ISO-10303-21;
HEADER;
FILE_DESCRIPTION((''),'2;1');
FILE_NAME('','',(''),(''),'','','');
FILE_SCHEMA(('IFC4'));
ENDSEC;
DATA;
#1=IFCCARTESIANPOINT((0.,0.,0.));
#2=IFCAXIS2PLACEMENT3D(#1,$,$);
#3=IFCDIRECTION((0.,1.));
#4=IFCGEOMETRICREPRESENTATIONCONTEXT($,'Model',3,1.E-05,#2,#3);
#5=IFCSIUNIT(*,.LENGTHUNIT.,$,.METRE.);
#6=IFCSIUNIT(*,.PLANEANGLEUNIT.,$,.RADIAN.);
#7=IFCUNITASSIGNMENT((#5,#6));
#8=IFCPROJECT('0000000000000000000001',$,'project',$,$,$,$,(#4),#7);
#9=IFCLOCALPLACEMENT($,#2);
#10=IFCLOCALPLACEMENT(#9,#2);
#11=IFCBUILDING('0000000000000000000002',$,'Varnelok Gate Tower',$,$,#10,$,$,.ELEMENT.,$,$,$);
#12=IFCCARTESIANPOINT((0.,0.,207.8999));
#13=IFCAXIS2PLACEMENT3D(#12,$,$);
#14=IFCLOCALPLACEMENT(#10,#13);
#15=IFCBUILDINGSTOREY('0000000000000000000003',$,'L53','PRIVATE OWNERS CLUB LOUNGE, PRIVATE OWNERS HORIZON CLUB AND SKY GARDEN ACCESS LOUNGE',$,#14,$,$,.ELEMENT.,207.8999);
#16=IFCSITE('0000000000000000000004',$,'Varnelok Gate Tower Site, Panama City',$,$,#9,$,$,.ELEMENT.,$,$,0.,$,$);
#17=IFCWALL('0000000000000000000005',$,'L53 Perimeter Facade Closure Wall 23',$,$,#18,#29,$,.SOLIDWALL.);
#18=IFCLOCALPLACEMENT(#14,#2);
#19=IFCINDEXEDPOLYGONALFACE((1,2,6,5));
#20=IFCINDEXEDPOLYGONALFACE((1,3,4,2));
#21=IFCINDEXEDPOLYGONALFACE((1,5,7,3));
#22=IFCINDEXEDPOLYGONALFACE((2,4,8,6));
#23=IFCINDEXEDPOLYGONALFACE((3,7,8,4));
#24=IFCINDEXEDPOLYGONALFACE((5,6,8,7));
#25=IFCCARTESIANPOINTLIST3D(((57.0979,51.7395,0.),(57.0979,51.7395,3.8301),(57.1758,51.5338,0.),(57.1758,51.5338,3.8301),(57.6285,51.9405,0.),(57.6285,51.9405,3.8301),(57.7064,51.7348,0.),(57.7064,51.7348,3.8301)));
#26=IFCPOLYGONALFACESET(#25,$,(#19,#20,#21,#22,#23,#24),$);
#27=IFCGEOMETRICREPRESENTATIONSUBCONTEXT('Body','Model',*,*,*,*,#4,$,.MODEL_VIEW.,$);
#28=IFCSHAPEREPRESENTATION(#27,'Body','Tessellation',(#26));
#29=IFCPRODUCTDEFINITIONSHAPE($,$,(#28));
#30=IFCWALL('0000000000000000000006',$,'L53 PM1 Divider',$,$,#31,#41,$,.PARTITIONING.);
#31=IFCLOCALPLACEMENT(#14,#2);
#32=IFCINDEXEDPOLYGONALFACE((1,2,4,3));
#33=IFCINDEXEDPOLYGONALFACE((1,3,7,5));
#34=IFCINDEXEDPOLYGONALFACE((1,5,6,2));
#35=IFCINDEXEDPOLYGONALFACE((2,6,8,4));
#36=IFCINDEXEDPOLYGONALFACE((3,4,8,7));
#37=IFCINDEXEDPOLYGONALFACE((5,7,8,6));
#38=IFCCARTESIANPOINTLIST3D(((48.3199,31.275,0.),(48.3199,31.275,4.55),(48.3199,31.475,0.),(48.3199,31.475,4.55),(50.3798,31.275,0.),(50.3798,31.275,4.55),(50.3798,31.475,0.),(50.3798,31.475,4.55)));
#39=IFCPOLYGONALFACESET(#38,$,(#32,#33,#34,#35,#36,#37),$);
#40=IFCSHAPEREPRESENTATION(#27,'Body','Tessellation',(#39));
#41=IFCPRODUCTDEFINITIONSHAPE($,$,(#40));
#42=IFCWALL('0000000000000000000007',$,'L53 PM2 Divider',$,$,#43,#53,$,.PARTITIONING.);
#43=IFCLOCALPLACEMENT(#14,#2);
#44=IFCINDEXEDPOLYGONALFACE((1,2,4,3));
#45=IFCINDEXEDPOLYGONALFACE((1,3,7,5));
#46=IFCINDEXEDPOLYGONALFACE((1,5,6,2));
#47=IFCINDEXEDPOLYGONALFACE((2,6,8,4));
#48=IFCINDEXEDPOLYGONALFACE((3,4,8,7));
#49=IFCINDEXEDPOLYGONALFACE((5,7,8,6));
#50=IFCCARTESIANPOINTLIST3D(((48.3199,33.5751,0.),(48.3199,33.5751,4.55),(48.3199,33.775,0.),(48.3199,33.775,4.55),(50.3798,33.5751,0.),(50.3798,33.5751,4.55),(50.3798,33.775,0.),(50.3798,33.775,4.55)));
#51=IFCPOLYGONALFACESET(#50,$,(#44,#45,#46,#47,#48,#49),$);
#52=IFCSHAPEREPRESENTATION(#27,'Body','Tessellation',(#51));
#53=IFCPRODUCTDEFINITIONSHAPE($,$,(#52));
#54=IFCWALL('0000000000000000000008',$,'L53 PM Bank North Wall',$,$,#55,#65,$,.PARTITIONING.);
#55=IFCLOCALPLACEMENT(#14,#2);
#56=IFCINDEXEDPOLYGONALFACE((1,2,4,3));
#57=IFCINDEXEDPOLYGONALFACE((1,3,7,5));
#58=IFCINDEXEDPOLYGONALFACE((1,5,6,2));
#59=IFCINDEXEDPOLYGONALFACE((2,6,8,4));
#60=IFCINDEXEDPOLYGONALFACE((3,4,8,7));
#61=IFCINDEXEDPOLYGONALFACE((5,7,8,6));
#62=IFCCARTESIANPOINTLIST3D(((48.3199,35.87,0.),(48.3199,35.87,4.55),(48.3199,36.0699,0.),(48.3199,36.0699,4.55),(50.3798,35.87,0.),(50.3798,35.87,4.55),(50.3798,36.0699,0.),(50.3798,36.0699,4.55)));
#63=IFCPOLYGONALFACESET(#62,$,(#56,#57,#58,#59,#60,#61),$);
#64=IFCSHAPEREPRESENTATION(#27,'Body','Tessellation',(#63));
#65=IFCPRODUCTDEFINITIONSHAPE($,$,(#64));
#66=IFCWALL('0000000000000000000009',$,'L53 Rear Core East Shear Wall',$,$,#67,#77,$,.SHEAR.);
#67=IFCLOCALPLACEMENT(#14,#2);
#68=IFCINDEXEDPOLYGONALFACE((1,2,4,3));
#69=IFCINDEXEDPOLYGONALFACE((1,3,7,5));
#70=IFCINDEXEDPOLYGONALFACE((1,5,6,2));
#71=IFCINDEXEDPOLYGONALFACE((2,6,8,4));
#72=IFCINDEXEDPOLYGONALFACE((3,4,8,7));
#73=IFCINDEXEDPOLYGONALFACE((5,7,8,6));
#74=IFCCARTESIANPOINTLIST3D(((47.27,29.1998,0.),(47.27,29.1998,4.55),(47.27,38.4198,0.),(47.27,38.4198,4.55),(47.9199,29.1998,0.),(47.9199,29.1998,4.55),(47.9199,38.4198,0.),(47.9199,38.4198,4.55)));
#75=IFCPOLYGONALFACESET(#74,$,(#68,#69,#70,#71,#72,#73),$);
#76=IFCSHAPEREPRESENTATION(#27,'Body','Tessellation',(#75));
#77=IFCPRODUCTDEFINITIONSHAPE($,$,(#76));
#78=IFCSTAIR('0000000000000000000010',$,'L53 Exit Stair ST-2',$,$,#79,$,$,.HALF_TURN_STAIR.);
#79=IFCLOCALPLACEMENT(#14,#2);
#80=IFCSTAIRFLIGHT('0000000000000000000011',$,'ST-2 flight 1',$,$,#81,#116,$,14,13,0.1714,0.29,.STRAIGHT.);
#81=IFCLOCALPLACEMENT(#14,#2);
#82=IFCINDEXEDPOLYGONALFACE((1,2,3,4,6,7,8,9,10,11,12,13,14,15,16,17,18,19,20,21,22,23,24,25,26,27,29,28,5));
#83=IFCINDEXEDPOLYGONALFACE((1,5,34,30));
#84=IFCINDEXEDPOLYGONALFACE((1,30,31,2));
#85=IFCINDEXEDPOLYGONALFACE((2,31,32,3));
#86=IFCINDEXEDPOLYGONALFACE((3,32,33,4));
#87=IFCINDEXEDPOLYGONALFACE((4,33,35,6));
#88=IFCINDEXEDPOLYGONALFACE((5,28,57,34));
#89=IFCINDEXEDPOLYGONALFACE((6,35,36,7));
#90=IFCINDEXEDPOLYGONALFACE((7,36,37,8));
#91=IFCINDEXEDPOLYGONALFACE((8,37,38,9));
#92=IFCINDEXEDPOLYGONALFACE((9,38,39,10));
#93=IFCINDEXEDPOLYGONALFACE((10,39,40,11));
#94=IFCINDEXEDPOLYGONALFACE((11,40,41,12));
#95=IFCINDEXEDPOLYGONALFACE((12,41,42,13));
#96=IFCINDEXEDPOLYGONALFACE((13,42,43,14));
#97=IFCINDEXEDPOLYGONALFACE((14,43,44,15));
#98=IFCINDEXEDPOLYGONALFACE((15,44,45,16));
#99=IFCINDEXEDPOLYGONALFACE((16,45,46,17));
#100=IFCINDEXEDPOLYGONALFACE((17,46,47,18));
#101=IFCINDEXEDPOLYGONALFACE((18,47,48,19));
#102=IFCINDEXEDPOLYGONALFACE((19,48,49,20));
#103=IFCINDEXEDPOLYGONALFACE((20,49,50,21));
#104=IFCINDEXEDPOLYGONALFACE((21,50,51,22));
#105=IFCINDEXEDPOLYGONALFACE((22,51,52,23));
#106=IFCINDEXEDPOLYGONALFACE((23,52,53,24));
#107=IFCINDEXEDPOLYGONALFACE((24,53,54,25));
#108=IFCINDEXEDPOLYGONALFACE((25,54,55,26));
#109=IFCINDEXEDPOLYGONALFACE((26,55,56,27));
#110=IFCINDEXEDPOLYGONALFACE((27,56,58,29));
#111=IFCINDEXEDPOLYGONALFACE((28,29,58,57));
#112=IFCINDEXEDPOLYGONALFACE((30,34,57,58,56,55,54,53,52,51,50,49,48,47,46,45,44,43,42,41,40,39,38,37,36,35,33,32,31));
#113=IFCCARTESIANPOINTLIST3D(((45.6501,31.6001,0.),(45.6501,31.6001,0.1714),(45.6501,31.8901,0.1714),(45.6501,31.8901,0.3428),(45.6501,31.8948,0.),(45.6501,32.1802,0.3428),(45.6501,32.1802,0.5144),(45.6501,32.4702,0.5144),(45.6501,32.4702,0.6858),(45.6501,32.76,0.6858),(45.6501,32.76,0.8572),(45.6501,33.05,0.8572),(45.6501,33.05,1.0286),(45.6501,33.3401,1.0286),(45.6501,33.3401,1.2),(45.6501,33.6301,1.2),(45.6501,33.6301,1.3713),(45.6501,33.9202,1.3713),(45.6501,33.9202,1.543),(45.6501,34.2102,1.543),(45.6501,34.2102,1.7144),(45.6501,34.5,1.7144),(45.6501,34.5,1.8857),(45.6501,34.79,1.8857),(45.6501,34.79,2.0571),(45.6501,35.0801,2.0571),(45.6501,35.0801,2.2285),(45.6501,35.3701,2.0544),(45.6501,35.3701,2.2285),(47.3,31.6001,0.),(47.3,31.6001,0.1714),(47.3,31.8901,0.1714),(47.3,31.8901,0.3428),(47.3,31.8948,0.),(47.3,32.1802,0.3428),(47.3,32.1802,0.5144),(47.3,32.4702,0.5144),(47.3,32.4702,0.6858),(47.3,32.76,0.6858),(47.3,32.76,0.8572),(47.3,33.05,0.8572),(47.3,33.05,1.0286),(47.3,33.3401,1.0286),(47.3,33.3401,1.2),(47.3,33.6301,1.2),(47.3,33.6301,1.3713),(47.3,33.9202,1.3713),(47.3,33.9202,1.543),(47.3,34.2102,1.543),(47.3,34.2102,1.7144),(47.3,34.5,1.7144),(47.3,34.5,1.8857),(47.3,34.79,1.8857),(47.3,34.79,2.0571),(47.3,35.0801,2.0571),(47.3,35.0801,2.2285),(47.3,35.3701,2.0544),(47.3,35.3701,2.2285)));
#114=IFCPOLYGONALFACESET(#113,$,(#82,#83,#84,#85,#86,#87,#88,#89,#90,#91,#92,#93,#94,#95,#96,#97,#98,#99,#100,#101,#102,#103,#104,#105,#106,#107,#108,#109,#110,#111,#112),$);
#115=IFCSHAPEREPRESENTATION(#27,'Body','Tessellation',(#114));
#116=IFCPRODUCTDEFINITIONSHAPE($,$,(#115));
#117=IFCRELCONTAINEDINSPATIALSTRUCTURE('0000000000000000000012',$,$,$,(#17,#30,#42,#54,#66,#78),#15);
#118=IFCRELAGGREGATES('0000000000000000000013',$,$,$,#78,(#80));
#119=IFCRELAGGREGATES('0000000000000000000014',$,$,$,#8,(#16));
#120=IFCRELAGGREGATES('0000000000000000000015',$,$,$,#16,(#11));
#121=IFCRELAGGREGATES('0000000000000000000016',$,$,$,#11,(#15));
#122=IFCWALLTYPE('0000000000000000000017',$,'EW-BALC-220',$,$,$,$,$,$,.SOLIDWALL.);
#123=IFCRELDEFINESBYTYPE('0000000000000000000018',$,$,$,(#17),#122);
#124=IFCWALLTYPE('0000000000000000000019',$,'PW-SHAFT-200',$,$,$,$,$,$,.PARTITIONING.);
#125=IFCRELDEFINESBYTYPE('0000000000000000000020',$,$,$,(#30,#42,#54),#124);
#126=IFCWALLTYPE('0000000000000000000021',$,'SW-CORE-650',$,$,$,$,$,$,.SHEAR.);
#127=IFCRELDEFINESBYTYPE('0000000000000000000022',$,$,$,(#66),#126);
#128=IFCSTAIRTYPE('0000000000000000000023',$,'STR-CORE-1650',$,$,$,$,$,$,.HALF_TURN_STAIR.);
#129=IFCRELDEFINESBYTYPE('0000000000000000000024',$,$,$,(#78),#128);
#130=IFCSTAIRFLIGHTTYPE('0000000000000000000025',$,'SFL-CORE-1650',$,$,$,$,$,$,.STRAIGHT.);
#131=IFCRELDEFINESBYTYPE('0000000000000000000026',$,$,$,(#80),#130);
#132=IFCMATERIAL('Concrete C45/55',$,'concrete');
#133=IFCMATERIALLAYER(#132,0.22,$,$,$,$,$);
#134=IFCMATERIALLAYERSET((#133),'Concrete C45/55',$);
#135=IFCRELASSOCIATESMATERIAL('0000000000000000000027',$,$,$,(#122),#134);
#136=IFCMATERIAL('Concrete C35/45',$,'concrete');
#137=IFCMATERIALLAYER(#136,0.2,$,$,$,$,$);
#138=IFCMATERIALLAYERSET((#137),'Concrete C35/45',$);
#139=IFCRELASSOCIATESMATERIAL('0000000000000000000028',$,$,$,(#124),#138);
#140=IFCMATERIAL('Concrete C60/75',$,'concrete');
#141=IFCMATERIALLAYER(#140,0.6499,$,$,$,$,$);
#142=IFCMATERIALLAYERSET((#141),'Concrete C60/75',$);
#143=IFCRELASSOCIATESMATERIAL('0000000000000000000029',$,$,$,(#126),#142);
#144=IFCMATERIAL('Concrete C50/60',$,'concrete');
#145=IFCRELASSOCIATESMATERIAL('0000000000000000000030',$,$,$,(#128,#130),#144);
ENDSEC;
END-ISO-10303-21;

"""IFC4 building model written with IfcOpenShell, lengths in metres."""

from ifc_helpers import new_model, si_unit, direction, frame, frame_2d, origin, place, context, subcontext, project, spatial, polyline, rectangle, outline, extrude, material, layer, layer_set, type_object, element, aggregate, save


model = new_model("IFC4")

# Units and contexts
model_context = context("Model", 3, precision=1e-05, world=origin(), true_north=direction((0.0, 1.0)))
body_context = subcontext(model_context, "Body", "Model", "MODEL_VIEW")
ifc_project = project(units=[si_unit("LENGTHUNIT", "METRE"), si_unit("PLANEANGLEUNIT", "RADIAN")], contexts=[model_context])

# Site, building, storey
site_placement = place(None, origin())
site = spatial("IfcSite", under=ifc_project, at=site_placement, Name="Varnelok Gate Tower Site, Panama City", CompositionType="ELEMENT", RefElevation=0.0)
building_placement = place(site_placement, origin())
building = spatial("IfcBuilding", under=site, at=building_placement, Name="Varnelok Gate Tower", CompositionType="ELEMENT")
storey_placement = place(building_placement, frame((0.0, 0.0, 207.8999)))
storey = spatial("IfcBuildingStorey", under=building, at=storey_placement, Name="L53", Description="PRIVATE OWNERS CLUB LOUNGE, PRIVATE OWNERS HORIZON CLUB AND SKY GARDEN ACCESS LOUNGE", CompositionType="ELEMENT", Elevation=207.8999)

# Shared definitions
ifc_material_1 = material(Name="Concrete C60/75", Category="concrete")

# Walls
ifc_material_2 = material(Name="Concrete C45/55", Category="concrete")
ifc_layer_1 = layer(ifc_material_2, 0.22)
ifc_layer_set_1 = layer_set([ifc_layer_1], Name="Concrete C45/55")
wall_type_1 = type_object("IfcWallType", Name="EW-BALC-220", PredefinedType="SOLIDWALL", material=ifc_layer_set_1)
wall_1_placement = place(storey_placement, frame((57.6675, 51.8376, 0.0), z_axis=(0.0, 0.0, 1.0), x_axis=(-0.935175, -0.354187, 0.0)))
element("IfcWall", 1, at=wall_1_placement, inside=storey, type_object=wall_type_1, Name="L53 Perimeter Facade Closure Wall 23", PredefinedType="SOLIDWALL", context=body_context, shape_type="SweptSolid", body=[
    extrude(rectangle(XDim=0.5674, YDim=0.22, at=frame_2d((0.2837, 0.0))), origin(), (0.0, 0.0, 1.0), 3.8301),
])
ifc_material_3 = material(Name="Concrete C35/45", Category="concrete")
ifc_layer_2 = layer(ifc_material_3, 0.2)
ifc_layer_set_2 = layer_set([ifc_layer_2], Name="Concrete C35/45")
wall_type_2 = type_object("IfcWallType", Name="PW-SHAFT-200", PredefinedType="PARTITIONING", material=ifc_layer_set_2)
for number, where, z_axis, x_axis, name in (
    (2, (48.3201, 31.375, 0.0), (0.0, 0.0, 1.0), (1.0, 0.0, 0.0), "L53 PM1 Divider"),
    (3, (48.3201, 33.675, 0.0), (0.0, 0.0, 1.0), (1.0, 0.0, 0.0), "L53 PM2 Divider"),
    (4, (48.3201, 35.97, 0.0), (0.0, 0.0, 1.0), (1.0, 0.0, 0.0), "L53 PM Bank North Wall"),
):
    element("IfcWall", number, at=place(storey_placement, frame(where, z_axis=z_axis, x_axis=x_axis)), inside=storey, type_object=wall_type_2, Name=name, PredefinedType="PARTITIONING", context=body_context, shape_type="SweptSolid", body=[
        extrude(rectangle(XDim=2.0598, YDim=0.2, at=frame_2d((1.0298, 0.0))), origin(), (0.0, 0.0, 1.0), 4.55),
    ])
ifc_layer_3 = layer(ifc_material_1, 0.6499)
ifc_layer_set_3 = layer_set([ifc_layer_3], Name="Concrete C60/75")
wall_type_3 = type_object("IfcWallType", Name="SW-CORE-650", PredefinedType="SHEAR", material=ifc_layer_set_3)
wall_2_placement = place(storey_placement, frame((47.595, 29.2, 0.0), z_axis=(0.0, 0.0, 1.0), x_axis=(0.0, 1.0, 0.0)))
element("IfcWall", 5, at=wall_2_placement, inside=storey, type_object=wall_type_3, Name="L53 Rear Core East Shear Wall", PredefinedType="SHEAR", context=body_context, shape_type="SweptSolid", body=[
    extrude(rectangle(XDim=9.22, YDim=0.6499, at=frame_2d((4.6099, 0.0))), origin(), (0.0, 0.0, 1.0), 4.55),
])

# Stair, stair flight
ifc_material_4 = material(Name="Concrete C50/60", Category="concrete")
stair_type = type_object("IfcStairType", Name="STR-CORE-1650", PredefinedType="HALF_TURN_STAIR", material=ifc_material_4)
stair_placement = place(storey_placement, origin())
stair = element("IfcStair", 6, at=stair_placement, inside=storey, type_object=stair_type, Name="L53 Exit Stair ST-2", PredefinedType="HALF_TURN_STAIR")
stair_flight_type = type_object("IfcStairFlightType", Name="SFL-CORE-1650", PredefinedType="STRAIGHT", material=ifc_material_4)
stair_flight_placement = place(storey_placement, frame((46.4751, 31.6001, 0.0), z_axis=(0.0, 0.0, 1.0), x_axis=(0.0, 1.0, 0.0)))
stair_flight = element("IfcStairFlight", 7, at=stair_flight_placement, type_object=stair_flight_type, Name="ST-2 flight 1", NumberOfRisers=14, NumberOfTreads=13, PredefinedType="STRAIGHT", RiserHeight=0.1714, TreadLength=0.29, context=body_context, shape_type="SweptSolid", body=[
    extrude(outline(polyline([(0.0, 0.0), (0.0, 0.1714), (0.29, 0.1714), (0.29, 0.3428), (0.5801, 0.3428), (0.5801, 0.5144), (0.8701, 0.5144), (0.8701, 0.6858), (1.1599, 0.6858), (1.1599, 0.8572), (1.45, 0.8572), (1.45, 1.0286), (1.74, 1.0286), (1.74, 1.2), (2.03, 1.2), (2.03, 1.3713), (2.3201, 1.3713), (2.3201, 1.543), (2.6101, 1.543), (2.6101, 1.7144), (2.8999, 1.7144), (2.8999, 1.8857), (3.1899, 1.8857), (3.1899, 2.0571), (3.48, 2.0571), (3.48, 2.2285), (3.77, 2.2285), (3.77, 2.3999), (3.77, 2.0544), (0.2947, 0.0), (0.0, 0.0)])), frame((0.0, 0.825, 0.0), z_axis=(0.0, -1.0, 0.0), x_axis=(1.0, 0.0, 0.0)), (0.0, 0.0, 1.0), 1.6499),
])
aggregate(stair, [stair_flight])

save(model, "model.ifc")
